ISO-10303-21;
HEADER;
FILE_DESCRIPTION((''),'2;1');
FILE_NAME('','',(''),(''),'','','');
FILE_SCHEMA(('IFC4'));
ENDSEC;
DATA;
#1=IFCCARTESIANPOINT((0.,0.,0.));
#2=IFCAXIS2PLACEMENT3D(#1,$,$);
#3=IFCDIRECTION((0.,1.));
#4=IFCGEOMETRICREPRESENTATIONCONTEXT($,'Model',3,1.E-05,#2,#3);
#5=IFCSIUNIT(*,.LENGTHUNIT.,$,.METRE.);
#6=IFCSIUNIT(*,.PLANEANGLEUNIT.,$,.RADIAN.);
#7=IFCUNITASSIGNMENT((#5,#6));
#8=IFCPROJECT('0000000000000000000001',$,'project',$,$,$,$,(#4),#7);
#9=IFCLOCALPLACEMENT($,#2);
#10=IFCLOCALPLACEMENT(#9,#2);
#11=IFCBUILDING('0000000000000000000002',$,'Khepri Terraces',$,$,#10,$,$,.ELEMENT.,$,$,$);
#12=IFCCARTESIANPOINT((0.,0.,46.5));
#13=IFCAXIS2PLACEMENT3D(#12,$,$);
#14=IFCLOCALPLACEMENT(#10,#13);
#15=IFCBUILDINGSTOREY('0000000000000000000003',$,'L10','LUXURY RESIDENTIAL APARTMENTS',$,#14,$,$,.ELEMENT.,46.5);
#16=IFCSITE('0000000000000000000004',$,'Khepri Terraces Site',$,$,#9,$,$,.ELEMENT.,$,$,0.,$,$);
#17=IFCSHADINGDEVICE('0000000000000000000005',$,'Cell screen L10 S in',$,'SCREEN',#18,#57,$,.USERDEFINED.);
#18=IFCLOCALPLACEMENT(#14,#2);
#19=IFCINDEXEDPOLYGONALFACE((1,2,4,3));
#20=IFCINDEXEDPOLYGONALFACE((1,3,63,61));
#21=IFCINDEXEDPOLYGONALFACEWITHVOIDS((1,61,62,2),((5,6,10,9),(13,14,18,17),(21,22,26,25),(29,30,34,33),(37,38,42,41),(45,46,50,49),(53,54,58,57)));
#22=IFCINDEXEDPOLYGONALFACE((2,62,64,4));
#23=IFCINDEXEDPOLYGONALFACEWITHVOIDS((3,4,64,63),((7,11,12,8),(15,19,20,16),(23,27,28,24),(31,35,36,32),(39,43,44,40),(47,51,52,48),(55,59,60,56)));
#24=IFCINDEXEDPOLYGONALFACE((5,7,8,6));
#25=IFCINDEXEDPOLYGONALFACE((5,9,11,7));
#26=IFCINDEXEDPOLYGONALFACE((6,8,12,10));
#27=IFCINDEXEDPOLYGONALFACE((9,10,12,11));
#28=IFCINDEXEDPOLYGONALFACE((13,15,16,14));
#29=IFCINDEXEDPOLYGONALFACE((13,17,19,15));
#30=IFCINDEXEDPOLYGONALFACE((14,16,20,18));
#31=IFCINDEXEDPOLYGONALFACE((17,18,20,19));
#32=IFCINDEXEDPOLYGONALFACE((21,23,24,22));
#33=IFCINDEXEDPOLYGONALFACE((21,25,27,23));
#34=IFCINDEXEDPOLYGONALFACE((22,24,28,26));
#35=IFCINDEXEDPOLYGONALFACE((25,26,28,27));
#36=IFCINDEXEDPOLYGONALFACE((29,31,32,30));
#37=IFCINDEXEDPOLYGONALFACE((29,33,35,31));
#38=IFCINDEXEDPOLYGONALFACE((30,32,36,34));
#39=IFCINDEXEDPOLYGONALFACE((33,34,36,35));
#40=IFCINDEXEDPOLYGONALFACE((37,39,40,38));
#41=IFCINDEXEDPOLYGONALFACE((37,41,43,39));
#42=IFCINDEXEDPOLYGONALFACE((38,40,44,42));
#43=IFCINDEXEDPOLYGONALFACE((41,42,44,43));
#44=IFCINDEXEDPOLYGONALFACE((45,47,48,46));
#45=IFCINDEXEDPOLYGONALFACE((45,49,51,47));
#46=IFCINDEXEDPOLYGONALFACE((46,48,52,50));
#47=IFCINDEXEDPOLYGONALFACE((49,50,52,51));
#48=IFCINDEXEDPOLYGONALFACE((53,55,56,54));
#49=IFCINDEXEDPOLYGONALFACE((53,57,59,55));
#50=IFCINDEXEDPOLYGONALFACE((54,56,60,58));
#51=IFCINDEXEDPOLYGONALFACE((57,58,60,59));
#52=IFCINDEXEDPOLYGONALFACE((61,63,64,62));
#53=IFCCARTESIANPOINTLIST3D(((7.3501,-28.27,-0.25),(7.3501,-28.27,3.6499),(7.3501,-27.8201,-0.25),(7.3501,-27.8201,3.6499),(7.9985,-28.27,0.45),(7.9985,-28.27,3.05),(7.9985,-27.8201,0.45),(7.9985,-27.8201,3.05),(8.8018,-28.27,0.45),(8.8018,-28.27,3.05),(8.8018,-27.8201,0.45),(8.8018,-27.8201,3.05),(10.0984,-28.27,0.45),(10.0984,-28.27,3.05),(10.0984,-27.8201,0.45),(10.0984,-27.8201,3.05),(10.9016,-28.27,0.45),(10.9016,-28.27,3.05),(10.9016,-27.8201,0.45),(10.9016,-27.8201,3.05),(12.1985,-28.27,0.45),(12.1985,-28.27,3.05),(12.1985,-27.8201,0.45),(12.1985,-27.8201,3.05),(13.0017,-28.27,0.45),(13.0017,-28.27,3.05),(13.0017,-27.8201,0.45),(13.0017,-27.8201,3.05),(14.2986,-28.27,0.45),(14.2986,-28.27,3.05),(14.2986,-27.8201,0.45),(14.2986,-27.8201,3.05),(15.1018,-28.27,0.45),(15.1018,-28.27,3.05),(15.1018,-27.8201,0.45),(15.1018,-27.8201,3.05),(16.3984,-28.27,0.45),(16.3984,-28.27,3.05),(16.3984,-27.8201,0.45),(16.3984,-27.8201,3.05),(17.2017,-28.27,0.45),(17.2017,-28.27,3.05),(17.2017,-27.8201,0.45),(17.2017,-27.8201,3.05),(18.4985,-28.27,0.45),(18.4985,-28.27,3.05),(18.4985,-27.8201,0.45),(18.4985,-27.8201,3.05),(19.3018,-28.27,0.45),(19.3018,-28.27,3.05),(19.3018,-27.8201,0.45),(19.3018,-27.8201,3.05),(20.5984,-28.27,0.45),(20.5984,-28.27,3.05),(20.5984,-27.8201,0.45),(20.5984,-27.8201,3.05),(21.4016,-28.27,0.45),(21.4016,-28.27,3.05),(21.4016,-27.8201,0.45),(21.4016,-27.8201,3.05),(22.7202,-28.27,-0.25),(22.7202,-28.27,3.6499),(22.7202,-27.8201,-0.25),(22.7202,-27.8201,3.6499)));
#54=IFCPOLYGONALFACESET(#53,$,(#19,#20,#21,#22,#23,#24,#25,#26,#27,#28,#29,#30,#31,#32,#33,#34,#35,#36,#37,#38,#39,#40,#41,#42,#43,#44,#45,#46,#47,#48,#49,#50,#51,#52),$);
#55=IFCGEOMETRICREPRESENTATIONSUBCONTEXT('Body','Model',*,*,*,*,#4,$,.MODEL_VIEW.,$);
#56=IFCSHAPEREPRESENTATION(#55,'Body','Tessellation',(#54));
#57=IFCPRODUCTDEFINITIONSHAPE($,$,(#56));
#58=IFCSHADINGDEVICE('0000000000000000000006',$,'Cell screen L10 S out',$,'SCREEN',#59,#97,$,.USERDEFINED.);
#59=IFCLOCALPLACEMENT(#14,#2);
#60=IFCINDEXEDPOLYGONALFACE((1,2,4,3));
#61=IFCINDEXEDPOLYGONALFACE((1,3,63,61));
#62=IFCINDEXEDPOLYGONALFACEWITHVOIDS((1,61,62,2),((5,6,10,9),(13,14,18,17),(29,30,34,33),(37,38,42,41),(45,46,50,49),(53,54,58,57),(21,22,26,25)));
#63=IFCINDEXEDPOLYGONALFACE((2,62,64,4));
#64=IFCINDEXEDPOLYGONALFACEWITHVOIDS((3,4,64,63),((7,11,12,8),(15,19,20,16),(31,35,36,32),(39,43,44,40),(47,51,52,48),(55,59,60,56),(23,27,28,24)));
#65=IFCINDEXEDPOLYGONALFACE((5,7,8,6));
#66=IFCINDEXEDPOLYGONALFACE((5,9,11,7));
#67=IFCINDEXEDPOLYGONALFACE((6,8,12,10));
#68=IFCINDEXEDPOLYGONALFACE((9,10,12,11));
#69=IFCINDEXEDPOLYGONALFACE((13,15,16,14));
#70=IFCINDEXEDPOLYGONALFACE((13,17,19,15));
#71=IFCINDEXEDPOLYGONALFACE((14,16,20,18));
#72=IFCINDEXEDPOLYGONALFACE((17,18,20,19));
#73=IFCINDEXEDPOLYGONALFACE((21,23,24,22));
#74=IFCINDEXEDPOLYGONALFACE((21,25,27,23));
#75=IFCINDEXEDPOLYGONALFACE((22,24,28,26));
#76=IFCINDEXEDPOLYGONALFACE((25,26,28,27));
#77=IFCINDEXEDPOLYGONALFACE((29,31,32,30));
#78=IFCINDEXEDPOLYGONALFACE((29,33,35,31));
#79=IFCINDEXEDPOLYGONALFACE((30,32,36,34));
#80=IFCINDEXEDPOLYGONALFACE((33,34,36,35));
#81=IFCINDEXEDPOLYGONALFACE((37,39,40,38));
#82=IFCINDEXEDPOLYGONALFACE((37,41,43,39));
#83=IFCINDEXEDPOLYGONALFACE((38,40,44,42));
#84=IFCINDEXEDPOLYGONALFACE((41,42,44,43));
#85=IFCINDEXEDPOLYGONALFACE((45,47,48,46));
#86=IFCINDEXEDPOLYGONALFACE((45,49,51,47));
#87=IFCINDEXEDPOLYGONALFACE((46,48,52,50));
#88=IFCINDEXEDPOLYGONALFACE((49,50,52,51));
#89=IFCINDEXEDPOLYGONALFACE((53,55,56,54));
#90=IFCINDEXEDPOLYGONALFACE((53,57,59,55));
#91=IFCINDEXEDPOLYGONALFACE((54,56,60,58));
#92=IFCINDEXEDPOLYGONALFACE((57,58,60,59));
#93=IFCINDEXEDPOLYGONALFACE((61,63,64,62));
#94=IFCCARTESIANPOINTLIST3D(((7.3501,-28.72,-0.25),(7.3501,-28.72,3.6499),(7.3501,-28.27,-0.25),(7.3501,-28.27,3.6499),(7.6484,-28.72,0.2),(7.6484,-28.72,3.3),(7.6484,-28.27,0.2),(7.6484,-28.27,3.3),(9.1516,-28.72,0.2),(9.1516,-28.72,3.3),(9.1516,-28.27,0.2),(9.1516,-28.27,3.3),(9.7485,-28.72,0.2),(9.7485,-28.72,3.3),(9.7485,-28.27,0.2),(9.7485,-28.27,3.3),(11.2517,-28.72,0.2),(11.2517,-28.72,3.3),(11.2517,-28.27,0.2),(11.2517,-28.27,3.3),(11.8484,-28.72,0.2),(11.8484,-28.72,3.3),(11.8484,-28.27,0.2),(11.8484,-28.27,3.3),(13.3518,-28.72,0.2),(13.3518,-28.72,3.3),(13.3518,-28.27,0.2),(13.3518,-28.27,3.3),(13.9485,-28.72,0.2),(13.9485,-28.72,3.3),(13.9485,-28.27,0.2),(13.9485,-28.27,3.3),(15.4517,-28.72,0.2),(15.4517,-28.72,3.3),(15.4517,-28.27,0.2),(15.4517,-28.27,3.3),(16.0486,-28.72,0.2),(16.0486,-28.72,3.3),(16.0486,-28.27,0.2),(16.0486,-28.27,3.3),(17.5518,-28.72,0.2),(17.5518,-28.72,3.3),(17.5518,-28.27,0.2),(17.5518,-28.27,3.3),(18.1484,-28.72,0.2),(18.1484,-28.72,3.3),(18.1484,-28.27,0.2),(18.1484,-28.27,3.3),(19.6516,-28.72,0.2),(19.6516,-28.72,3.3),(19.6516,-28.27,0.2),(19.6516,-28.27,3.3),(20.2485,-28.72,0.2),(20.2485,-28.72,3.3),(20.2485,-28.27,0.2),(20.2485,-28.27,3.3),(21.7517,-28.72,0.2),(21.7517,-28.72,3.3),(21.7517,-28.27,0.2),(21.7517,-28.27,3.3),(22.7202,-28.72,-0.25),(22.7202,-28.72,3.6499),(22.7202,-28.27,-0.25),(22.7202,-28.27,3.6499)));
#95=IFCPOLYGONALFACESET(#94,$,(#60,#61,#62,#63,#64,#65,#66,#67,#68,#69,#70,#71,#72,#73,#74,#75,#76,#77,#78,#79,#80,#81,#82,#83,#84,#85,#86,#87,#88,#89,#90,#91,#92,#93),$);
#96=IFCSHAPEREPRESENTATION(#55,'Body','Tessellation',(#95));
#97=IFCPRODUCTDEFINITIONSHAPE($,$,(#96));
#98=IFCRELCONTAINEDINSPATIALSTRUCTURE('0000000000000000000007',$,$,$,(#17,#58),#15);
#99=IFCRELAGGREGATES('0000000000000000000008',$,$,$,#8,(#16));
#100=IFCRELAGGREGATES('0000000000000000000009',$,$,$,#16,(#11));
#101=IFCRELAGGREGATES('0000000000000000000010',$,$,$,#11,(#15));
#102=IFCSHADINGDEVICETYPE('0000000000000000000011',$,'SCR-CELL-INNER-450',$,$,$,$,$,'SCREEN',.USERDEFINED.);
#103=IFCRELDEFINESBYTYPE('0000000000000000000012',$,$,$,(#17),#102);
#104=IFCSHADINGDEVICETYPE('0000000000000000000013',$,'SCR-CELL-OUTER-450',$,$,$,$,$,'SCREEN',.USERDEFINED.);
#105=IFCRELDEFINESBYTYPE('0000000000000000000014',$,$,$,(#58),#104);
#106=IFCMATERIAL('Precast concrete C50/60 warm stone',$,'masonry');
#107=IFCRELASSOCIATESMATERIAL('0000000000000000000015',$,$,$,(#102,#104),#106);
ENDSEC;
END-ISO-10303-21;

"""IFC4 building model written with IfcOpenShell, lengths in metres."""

from ifc_helpers import new_model, si_unit, direction, frame, origin, place, context, subcontext, project, spatial, polyline, outline, extrude, material, type_object, element, save


model = new_model("IFC4")

# Units and contexts
model_context = context("Model", 3, precision=1e-05, world=origin(), true_north=direction((0.0, 1.0)))
body_context = subcontext(model_context, "Body", "Model", "MODEL_VIEW")
ifc_project = project(units=[si_unit("LENGTHUNIT", "METRE"), si_unit("PLANEANGLEUNIT", "RADIAN")], contexts=[model_context])

# Site, building, storey
site_placement = place(None, origin())
site = spatial("IfcSite", under=ifc_project, at=site_placement, Name="Khepri Terraces Site", CompositionType="ELEMENT", RefElevation=0.0)
building_placement = place(site_placement, origin())
building = spatial("IfcBuilding", under=site, at=building_placement, Name="Khepri Terraces", CompositionType="ELEMENT")
storey_placement = place(building_placement, frame((0.0, 0.0, 46.5)))
storey = spatial("IfcBuildingStorey", under=building, at=storey_placement, Name="L10", Description="LUXURY RESIDENTIAL APARTMENTS", CompositionType="ELEMENT", Elevation=46.5)

# Shared definitions
ifc_material_1 = material(Name="Precast concrete C50/60 warm stone", Category="masonry")

# Shading devices
shading_device_type_1 = type_object("IfcShadingDeviceType", Name="SCR-CELL-INNER-450", ElementType="SCREEN", PredefinedType="USERDEFINED", material=ifc_material_1)
shading_device_1_placement = place(storey_placement, frame((7.3501, -27.8201, -0.25), z_axis=(0.0, -1.0, 0.0), x_axis=(1.0, 0.0, 0.0)))
element("IfcShadingDevice", 1, at=shading_device_1_placement, inside=storey, type_object=shading_device_type_1, Name="Cell screen L10 S in", ObjectType="SCREEN", PredefinedType="USERDEFINED", context=body_context, shape_type="SweptSolid", body=[
    extrude(outline(polyline([(0.0, 0.0), (15.3701, 0.0), (15.3701, 3.8999), (0.0, 3.8999), (0.0, 0.0)]), holes=[polyline([(0.6484, 0.7), (1.4517, 0.7), (1.4517, 3.3), (0.6484, 3.3), (0.6484, 0.7)]), polyline([(2.7483, 0.7), (3.5515, 0.7), (3.5515, 3.3), (2.7483, 3.3), (2.7483, 0.7)]), polyline([(4.8484, 0.7), (5.6516, 0.7), (5.6516, 3.3), (4.8484, 3.3), (4.8484, 0.7)]), polyline([(6.9485, 0.7), (7.7517, 0.7), (7.7517, 3.3), (6.9485, 3.3), (6.9485, 0.7)]), polyline([(9.0483, 0.7), (9.8516, 0.7), (9.8516, 3.3), (9.0483, 3.3), (9.0483, 0.7)]), polyline([(11.1484, 0.7), (11.9517, 0.7), (11.9517, 3.3), (11.1484, 3.3), (11.1484, 0.7)]), polyline([(13.2483, 0.7), (14.0515, 0.7), (14.0515, 3.3), (13.2483, 3.3), (13.2483, 0.7)])]), origin(), (0.0, 0.0, 1.0), 0.45),
])
shading_device_type_2 = type_object("IfcShadingDeviceType", Name="SCR-CELL-OUTER-450", ElementType="SCREEN", PredefinedType="USERDEFINED", material=ifc_material_1)
shading_device_2_placement = place(storey_placement, frame((7.3501, -28.27, -0.25), z_axis=(0.0, -1.0, 0.0), x_axis=(1.0, 0.0, 0.0)))
element("IfcShadingDevice", 2, at=shading_device_2_placement, inside=storey, type_object=shading_device_type_2, Name="Cell screen L10 S out", ObjectType="SCREEN", PredefinedType="USERDEFINED", context=body_context, shape_type="SweptSolid", body=[
    extrude(outline(polyline([(0.0, 0.0), (15.3701, 0.0), (15.3701, 3.8999), (0.0, 3.8999), (0.0, 0.0)]), holes=[polyline([(0.2983, 0.45), (1.8015, 0.45), (1.8015, 3.55), (0.2983, 3.55), (0.2983, 0.45)]), polyline([(2.3984, 0.45), (3.9016, 0.45), (3.9016, 3.55), (2.3984, 3.55), (2.3984, 0.45)]), polyline([(4.4983, 0.45), (6.0017, 0.45), (6.0017, 3.55), (4.4983, 3.55), (4.4983, 0.45)]), polyline([(6.5984, 0.45), (8.1016, 0.45), (8.1016, 3.55), (6.5984, 3.55), (6.5984, 0.45)]), polyline([(8.6985, 0.45), (10.2017, 0.45), (10.2017, 3.55), (8.6985, 3.55), (8.6985, 0.45)]), polyline([(10.7983, 0.45), (12.3015, 0.45), (12.3015, 3.55), (10.7983, 3.55), (10.7983, 0.45)]), polyline([(12.8984, 0.45), (14.4016, 0.45), (14.4016, 3.55), (12.8984, 3.55), (12.8984, 0.45)])]), origin(), (0.0, 0.0, 1.0), 0.45),
])

save(model, "model.ifc")
